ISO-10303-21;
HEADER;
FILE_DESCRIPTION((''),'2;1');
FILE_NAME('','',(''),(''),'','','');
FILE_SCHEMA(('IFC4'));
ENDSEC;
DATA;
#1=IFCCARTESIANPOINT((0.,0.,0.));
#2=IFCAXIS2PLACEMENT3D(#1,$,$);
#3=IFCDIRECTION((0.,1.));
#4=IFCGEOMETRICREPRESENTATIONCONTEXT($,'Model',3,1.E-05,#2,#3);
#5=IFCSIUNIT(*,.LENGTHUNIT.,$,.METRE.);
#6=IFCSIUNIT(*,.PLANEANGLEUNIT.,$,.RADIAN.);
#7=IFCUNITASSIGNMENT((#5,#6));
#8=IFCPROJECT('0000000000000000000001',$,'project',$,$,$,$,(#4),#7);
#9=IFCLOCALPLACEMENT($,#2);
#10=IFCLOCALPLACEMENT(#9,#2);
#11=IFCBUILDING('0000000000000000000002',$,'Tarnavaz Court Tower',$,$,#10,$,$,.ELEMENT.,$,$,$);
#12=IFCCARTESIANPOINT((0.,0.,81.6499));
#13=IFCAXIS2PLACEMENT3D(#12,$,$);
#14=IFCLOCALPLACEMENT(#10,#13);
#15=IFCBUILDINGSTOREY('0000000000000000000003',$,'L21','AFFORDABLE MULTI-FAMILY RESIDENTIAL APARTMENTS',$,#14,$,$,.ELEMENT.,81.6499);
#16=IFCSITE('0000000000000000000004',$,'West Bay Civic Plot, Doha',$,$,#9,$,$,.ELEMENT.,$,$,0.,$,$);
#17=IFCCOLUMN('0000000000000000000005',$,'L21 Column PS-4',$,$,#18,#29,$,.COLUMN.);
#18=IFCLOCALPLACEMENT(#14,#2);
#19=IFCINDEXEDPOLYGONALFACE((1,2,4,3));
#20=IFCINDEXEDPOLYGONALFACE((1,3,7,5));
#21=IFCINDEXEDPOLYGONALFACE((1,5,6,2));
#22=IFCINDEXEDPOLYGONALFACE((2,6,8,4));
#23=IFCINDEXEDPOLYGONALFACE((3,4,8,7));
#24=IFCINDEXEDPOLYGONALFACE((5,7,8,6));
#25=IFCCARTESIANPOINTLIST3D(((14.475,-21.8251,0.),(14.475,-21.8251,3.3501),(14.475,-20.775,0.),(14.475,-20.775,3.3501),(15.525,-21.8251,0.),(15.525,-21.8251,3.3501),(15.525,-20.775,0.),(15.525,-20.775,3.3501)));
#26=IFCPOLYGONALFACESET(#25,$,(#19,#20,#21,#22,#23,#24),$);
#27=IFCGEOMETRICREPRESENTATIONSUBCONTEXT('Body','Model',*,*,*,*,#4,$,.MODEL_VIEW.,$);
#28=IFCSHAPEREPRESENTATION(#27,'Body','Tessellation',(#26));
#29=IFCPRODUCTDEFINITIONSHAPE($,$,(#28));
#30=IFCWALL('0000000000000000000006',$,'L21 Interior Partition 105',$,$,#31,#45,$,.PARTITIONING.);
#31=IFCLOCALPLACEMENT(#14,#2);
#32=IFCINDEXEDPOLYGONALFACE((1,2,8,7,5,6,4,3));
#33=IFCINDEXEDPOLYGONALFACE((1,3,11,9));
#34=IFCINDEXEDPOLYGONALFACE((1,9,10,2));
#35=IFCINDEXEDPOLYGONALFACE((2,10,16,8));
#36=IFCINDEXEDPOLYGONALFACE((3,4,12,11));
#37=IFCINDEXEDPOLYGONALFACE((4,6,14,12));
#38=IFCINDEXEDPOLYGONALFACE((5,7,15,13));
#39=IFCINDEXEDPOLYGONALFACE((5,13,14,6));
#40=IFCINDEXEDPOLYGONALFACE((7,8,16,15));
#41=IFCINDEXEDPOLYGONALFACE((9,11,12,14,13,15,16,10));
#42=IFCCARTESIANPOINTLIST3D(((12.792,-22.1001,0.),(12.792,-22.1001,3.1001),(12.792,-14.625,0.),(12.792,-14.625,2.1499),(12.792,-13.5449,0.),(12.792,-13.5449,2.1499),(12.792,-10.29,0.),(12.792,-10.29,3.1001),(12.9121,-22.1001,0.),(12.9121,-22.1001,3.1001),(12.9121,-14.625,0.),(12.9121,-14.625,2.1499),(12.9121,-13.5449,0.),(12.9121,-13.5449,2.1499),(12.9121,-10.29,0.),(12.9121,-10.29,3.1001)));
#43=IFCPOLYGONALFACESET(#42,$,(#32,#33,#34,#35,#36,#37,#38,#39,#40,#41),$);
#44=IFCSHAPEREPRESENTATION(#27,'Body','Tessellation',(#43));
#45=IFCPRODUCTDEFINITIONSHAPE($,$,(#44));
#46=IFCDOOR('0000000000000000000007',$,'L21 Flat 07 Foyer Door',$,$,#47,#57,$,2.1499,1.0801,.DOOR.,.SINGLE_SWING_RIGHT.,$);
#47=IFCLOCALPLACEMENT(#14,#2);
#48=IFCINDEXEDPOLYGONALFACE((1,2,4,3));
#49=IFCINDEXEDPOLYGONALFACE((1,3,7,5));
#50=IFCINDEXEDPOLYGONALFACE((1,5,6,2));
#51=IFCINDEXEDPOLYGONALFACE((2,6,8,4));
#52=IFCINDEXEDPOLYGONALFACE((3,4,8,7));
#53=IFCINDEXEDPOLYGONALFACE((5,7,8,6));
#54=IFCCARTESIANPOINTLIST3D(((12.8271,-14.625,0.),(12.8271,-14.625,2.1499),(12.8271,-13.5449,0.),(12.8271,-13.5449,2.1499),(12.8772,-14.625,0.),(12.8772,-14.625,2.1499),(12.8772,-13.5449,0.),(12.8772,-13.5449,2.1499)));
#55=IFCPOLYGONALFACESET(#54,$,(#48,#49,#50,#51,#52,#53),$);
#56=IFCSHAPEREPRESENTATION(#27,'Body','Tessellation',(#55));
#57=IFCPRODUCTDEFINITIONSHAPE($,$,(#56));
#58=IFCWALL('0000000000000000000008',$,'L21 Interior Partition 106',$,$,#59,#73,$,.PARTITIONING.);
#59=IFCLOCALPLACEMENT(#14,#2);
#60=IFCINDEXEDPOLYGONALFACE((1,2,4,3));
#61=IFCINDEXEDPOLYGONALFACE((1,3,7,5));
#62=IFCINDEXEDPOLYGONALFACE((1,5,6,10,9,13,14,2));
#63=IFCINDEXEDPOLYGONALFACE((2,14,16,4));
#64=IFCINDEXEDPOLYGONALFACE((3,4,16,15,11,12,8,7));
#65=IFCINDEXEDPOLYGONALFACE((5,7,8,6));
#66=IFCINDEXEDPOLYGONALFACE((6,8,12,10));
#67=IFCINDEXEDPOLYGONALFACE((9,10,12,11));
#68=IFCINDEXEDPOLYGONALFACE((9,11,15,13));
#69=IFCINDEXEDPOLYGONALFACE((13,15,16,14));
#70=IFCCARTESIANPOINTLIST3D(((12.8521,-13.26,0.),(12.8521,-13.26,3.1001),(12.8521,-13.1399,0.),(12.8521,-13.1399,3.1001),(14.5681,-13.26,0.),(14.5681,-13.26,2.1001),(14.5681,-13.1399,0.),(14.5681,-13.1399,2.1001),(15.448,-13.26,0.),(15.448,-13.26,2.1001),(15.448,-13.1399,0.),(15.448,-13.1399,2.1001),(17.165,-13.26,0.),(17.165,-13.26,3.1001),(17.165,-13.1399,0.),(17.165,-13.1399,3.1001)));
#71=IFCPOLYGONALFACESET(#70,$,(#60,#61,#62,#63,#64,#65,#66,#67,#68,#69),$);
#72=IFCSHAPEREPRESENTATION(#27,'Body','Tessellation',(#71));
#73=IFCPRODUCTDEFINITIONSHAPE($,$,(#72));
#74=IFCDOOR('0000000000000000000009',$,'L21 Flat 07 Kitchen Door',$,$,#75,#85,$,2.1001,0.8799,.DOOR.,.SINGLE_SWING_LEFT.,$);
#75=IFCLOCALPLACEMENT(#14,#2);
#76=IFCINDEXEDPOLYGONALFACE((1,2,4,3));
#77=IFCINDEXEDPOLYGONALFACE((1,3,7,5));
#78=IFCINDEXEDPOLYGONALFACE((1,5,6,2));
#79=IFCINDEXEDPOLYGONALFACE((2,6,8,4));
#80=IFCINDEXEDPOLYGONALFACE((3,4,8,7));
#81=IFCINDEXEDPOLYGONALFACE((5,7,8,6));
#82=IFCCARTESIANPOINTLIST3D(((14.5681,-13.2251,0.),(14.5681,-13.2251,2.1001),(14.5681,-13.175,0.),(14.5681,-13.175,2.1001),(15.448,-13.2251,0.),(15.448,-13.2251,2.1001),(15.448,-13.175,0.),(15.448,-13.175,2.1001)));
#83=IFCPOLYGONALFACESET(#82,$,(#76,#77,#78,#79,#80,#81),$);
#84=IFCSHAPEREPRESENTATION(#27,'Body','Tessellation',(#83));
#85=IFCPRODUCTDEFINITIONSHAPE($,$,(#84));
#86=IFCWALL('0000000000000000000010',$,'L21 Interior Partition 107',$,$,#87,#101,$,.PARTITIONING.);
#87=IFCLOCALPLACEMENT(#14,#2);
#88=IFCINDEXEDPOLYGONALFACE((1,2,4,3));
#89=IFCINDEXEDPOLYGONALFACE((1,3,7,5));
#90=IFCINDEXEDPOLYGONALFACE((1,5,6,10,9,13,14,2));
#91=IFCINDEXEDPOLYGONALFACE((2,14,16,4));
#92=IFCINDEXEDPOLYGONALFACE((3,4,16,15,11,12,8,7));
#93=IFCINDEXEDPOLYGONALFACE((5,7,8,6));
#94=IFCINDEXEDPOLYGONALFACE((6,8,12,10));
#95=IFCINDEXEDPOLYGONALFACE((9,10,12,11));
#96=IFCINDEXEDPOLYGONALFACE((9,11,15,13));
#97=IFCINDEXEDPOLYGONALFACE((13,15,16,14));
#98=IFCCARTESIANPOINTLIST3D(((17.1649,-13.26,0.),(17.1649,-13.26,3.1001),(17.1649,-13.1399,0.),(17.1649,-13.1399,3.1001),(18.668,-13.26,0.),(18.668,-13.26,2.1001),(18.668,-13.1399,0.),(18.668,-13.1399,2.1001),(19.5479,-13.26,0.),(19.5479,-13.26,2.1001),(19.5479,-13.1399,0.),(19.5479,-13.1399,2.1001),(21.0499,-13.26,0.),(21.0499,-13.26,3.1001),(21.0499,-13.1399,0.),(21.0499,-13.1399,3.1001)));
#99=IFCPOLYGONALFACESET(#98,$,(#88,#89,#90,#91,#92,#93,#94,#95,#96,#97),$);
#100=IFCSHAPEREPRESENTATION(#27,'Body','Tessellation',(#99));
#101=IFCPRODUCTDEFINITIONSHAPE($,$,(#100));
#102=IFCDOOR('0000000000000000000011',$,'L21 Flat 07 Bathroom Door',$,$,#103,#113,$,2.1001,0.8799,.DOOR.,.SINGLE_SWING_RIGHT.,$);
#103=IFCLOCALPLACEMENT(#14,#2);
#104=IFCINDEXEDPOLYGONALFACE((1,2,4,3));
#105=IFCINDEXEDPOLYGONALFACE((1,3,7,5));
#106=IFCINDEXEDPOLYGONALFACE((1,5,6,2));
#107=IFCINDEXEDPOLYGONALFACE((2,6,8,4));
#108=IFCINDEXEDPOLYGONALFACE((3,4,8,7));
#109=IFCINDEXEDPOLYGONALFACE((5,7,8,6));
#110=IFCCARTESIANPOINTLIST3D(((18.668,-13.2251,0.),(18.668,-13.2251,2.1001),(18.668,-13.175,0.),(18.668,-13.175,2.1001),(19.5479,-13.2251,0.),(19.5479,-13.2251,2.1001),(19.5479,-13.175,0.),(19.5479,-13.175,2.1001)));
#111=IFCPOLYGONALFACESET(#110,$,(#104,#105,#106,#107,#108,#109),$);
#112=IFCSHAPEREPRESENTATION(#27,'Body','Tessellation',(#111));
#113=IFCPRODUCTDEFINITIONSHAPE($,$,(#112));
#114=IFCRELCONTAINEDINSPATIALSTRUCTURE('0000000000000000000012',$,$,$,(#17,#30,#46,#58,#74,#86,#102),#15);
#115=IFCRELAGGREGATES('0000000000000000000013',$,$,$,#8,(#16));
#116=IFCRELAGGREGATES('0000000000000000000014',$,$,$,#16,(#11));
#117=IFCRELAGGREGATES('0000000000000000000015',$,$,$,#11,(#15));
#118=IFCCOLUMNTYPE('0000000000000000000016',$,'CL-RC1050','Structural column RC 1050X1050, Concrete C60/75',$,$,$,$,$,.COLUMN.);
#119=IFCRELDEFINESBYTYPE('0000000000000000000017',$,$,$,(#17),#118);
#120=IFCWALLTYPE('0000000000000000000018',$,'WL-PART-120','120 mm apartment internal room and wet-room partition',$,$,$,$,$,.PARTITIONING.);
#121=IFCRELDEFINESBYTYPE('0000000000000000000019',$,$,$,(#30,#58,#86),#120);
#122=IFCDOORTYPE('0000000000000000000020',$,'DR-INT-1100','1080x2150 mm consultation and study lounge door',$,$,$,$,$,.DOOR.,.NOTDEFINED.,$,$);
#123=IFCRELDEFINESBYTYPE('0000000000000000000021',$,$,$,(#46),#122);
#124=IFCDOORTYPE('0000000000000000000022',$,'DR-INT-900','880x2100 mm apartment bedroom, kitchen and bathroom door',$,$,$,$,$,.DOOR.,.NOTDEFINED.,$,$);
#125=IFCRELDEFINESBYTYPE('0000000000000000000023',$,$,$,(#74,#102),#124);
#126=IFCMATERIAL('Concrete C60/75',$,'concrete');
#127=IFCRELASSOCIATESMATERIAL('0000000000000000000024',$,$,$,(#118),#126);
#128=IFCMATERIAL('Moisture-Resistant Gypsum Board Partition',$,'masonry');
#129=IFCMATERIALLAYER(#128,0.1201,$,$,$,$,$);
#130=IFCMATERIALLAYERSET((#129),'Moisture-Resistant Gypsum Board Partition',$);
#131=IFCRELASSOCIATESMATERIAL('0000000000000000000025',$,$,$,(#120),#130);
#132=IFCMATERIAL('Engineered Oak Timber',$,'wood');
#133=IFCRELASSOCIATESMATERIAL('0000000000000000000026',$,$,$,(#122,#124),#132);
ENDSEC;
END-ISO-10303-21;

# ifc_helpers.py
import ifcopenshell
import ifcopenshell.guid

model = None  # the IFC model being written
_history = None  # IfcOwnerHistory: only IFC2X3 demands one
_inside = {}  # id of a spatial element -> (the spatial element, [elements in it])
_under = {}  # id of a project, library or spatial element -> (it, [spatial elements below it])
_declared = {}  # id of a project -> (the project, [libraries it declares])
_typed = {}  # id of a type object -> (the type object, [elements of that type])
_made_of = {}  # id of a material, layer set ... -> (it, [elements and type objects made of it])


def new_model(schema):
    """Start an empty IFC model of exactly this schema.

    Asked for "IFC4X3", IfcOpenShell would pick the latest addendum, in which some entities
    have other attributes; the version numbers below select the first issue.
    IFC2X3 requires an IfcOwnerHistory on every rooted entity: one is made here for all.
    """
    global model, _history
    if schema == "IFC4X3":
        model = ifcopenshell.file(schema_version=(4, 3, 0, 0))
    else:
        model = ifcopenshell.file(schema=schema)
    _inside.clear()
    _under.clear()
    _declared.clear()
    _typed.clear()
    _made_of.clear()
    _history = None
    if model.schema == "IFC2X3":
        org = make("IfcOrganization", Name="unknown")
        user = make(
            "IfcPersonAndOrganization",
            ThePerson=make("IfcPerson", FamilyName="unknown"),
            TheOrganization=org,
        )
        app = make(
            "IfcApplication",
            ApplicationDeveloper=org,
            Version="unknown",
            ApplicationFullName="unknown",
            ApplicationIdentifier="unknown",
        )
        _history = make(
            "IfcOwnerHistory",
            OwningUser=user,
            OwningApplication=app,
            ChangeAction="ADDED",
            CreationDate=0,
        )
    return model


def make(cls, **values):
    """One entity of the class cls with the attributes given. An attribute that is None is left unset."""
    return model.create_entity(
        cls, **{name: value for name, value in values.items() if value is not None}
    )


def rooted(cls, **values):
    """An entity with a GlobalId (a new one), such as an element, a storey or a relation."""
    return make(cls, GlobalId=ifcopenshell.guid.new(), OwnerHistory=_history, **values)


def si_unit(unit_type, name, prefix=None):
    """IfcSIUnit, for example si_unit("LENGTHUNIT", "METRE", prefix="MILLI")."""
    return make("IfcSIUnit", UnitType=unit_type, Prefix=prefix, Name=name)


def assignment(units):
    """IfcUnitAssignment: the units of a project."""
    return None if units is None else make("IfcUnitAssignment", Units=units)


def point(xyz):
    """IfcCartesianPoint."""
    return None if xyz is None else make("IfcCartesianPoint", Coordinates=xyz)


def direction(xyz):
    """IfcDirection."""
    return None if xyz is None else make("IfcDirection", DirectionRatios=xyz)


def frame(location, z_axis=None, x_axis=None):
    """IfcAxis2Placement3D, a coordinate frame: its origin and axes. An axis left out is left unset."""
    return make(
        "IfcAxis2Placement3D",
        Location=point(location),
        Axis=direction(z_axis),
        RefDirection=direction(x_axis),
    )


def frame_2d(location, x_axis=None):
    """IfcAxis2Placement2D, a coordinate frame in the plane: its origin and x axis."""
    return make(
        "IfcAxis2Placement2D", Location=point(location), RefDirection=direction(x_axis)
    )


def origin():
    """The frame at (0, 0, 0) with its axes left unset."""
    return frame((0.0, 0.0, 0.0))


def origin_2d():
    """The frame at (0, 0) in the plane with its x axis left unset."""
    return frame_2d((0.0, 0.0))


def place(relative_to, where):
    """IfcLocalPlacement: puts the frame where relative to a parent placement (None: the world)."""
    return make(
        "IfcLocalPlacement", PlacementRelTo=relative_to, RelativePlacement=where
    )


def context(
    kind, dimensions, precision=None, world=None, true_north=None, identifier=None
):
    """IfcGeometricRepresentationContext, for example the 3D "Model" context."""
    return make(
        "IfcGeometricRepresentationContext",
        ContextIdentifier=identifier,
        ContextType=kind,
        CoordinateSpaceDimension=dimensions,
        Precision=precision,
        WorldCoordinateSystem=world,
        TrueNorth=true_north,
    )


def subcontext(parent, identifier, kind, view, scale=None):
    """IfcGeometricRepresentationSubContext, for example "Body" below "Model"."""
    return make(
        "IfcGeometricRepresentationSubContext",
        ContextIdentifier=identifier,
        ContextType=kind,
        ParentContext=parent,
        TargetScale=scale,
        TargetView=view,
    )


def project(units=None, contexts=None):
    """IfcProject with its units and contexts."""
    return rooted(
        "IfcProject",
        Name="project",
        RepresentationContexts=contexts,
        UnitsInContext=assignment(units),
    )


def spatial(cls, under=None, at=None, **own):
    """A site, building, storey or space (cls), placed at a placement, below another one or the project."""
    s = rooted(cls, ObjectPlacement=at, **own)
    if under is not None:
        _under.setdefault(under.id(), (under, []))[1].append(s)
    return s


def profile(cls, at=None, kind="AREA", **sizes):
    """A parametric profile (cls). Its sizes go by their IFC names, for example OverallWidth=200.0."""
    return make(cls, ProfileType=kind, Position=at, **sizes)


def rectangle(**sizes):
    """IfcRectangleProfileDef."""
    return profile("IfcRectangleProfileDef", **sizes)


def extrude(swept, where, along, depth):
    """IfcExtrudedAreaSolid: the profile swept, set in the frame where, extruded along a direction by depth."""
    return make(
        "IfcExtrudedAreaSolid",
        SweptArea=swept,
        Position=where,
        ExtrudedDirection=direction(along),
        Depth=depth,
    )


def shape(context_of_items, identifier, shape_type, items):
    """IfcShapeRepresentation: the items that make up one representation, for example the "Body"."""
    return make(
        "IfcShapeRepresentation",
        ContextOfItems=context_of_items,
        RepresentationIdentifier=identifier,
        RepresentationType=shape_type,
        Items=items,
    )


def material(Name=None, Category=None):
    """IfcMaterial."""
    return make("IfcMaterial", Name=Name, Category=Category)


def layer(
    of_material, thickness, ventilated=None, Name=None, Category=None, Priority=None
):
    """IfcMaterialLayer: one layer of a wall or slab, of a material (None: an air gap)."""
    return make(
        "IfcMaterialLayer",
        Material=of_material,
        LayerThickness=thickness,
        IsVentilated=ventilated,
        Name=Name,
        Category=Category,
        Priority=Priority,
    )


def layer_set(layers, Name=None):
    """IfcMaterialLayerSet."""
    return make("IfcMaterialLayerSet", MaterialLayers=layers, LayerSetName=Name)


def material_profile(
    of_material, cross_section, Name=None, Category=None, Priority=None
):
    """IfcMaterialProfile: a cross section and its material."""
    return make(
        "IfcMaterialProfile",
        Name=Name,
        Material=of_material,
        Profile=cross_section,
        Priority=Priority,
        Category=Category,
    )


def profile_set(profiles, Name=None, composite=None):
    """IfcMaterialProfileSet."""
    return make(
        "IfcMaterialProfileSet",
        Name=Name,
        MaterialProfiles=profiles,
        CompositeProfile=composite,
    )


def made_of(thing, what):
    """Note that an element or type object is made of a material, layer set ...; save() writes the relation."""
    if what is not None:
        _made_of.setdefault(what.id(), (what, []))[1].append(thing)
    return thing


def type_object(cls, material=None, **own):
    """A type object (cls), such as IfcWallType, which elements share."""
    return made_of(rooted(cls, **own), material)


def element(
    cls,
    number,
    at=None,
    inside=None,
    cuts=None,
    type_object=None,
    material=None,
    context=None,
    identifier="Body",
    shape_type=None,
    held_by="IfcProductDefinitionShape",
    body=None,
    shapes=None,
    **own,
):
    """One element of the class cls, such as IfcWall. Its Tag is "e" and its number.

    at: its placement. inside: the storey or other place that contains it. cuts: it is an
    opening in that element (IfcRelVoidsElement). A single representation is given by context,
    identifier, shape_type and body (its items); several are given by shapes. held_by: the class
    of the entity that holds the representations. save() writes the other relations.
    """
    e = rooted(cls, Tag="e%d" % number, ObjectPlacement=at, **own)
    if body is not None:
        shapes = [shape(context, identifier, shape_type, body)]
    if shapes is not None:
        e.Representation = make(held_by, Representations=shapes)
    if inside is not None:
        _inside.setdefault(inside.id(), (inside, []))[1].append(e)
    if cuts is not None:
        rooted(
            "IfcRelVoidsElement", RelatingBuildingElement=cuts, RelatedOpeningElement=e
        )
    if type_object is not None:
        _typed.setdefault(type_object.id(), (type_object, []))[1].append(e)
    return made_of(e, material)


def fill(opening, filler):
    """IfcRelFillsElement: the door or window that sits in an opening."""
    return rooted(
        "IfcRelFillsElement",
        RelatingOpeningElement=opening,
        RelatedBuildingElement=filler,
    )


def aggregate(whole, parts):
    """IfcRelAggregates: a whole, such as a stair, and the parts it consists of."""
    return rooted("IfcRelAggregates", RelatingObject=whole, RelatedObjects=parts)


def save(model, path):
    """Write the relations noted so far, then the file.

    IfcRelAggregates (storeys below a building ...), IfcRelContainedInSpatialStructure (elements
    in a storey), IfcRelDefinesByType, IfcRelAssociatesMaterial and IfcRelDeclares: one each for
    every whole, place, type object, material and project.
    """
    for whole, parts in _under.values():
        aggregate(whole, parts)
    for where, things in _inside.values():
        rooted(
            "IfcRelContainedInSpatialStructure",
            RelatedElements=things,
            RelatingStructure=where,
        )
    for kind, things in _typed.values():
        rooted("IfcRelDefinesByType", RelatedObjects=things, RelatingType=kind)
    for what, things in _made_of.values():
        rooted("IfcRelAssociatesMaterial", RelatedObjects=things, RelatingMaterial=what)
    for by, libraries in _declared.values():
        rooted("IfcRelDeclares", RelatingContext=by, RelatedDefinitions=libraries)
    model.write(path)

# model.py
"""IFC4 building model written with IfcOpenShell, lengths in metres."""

from ifc_helpers import new_model, si_unit, direction, frame, frame_2d, origin, origin_2d, place, context, subcontext, project, spatial, rectangle, extrude, material, layer, layer_set, material_profile, profile_set, type_object, element, fill, save


model = new_model("IFC4")

# Units and contexts
model_context = context("Model", 3, precision=1e-05, world=origin(), true_north=direction((0.0, 1.0)))
body_context = subcontext(model_context, "Body", "Model", "MODEL_VIEW")
ifc_project = project(units=[si_unit("LENGTHUNIT", "METRE"), si_unit("PLANEANGLEUNIT", "RADIAN")], contexts=[model_context])

# Site, building, storey
site_placement = place(None, origin())
site = spatial("IfcSite", under=ifc_project, at=site_placement, Name="West Bay Civic Plot, Doha", CompositionType="ELEMENT", RefElevation=0.0)
building_placement = place(site_placement, origin())
building = spatial("IfcBuilding", under=site, at=building_placement, Name="Tarnavaz Court Tower", CompositionType="ELEMENT")
storey_placement = place(building_placement, frame((0.0, 0.0, 81.6499)))
storey = spatial("IfcBuildingStorey", under=building, at=storey_placement, Name="L21", Description="AFFORDABLE MULTI-FAMILY RESIDENTIAL APARTMENTS", CompositionType="ELEMENT", Elevation=81.6499)

# Column
ifc_material_1 = material(Name="Concrete C60/75", Category="concrete")
ifc_material_profile_1 = material_profile(ifc_material_1, rectangle(XDim=1.05, YDim=1.05, at=origin_2d()), Name="RC 1050X1050")
ifc_profile_set_1 = profile_set([ifc_material_profile_1], Name="Concrete C60/75")
column_type = type_object("IfcColumnType", Name="CL-RC1050", Description="Structural column RC 1050X1050, Concrete C60/75", PredefinedType="COLUMN", material=ifc_profile_set_1)
column_placement = place(storey_placement, frame((15.0, -21.3, 0.0), z_axis=(0.0, 0.0, 1.0), x_axis=(1.0, 0.0, 0.0)))
element("IfcColumn", 1, at=column_placement, inside=storey, type_object=column_type, Name="L21 Column PS-4", PredefinedType="COLUMN", context=body_context, shape_type="SweptSolid", body=[
    extrude(rectangle(XDim=1.05, YDim=1.05, at=origin_2d()), origin(), (0.0, 0.0, 1.0), 3.3501),
])

# Walls, openings, doors
ifc_material_2 = material(Name="Moisture-Resistant Gypsum Board Partition", Category="masonry")
ifc_layer_1 = layer(ifc_material_2, 0.1201)
ifc_layer_set_1 = layer_set([ifc_layer_1], Name="Moisture-Resistant Gypsum Board Partition")
wall_type_1 = type_object("IfcWallType", Name="WL-PART-120", Description="120 mm apartment internal room and wet-room partition", PredefinedType="PARTITIONING", material=ifc_layer_set_1)
wall_1_placement = place(storey_placement, frame((12.8521, -22.1001, 0.0), z_axis=(0.0, 0.0, 1.0), x_axis=(0.0, 1.0, 0.0)))
wall_1 = element("IfcWall", 2, at=wall_1_placement, inside=storey, type_object=wall_type_1, Name="L21 Interior Partition 105", PredefinedType="PARTITIONING", context=body_context, shape_type="SweptSolid", body=[
    extrude(rectangle(XDim=11.8101, YDim=0.1201, at=frame_2d((5.905, 0.0))), origin(), (0.0, 0.0, 1.0), 3.1001),
])
opening_1_placement = place(wall_1_placement, frame((7.4751, 0.0, 0.0)))
opening_1 = element("IfcOpeningElement", 3, at=opening_1_placement, cuts=wall_1, PredefinedType="OPENING", context=body_context, shape_type="SweptSolid", body=[
    extrude(rectangle(XDim=1.0801, YDim=2.1499, at=frame_2d((0.54, 1.075))), frame((0.0, 0.0701, 0.0), z_axis=(0.0, -1.0, 0.0), x_axis=(1.0, 0.0, 0.0)), (0.0, 0.0, 1.0), 0.1401),
])
ifc_material_3 = material(Name="Engineered Oak Timber", Category="wood")
door_type_1 = type_object("IfcDoorType", Name="DR-INT-1100", Description="1080x2150 mm consultation and study lounge door", OperationType="NOTDEFINED", PredefinedType="DOOR", material=ifc_material_3)
door_1_placement = place(opening_1_placement, origin())
door_1 = element("IfcDoor", 4, at=door_1_placement, inside=storey, type_object=door_type_1, Name="L21 Flat 07 Foyer Door", OperationType="SINGLE_SWING_RIGHT", OverallHeight=2.1499, OverallWidth=1.0801, PredefinedType="DOOR", context=body_context, shape_type="SweptSolid", body=[
    extrude(rectangle(XDim=1.0801, YDim=2.1499, at=frame_2d((0.54, 1.075))), frame((0.0, 0.0249, 0.0), z_axis=(0.0, -1.0, 0.0), x_axis=(1.0, 0.0, 0.0)), (0.0, 0.0, 1.0), 0.05),
])
fill(opening_1, door_1)
wall_2_placement = place(storey_placement, frame((12.8521, -13.2, 0.0), z_axis=(0.0, 0.0, 1.0), x_axis=(1.0, 0.0, 0.0)))
wall_2 = element("IfcWall", 5, at=wall_2_placement, inside=storey, type_object=wall_type_1, Name="L21 Interior Partition 106", PredefinedType="PARTITIONING", context=body_context, shape_type="SweptSolid", body=[
    extrude(rectangle(XDim=4.313, YDim=0.1201, at=frame_2d((2.1565, 0.0))), origin(), (0.0, 0.0, 1.0), 3.1001),
])
opening_2_placement = place(wall_2_placement, frame((1.7161, 0.0, 0.0)))
opening_2 = element("IfcOpeningElement", 6, at=opening_2_placement, cuts=wall_2, PredefinedType="OPENING", context=body_context, shape_type="SweptSolid", body=[
    extrude(rectangle(XDim=0.8799, YDim=2.1001, at=frame_2d((0.4399, 1.05))), frame((0.0, 0.0701, 0.0), z_axis=(0.0, -1.0, 0.0), x_axis=(1.0, 0.0, 0.0)), (0.0, 0.0, 1.0), 0.1401),
])
door_type_2 = type_object("IfcDoorType", Name="DR-INT-900", Description="880x2100 mm apartment bedroom, kitchen and bathroom door", OperationType="NOTDEFINED", PredefinedType="DOOR", material=ifc_material_3)
door_2_placement = place(opening_2_placement, origin())
door_2 = element("IfcDoor", 7, at=door_2_placement, inside=storey, type_object=door_type_2, Name="L21 Flat 07 Kitchen Door", OperationType="SINGLE_SWING_LEFT", OverallHeight=2.1001, OverallWidth=0.8799, PredefinedType="DOOR", context=body_context, shape_type="SweptSolid", body=[
    extrude(rectangle(XDim=0.8799, YDim=2.1001, at=frame_2d((0.4399, 1.05))), frame((0.0, 0.0249, 0.0), z_axis=(0.0, -1.0, 0.0), x_axis=(1.0, 0.0, 0.0)), (0.0, 0.0, 1.0), 0.05),
])
fill(opening_2, door_2)
wall_3_placement = place(storey_placement, frame((17.165, -13.2, 0.0), z_axis=(0.0, 0.0, 1.0), x_axis=(1.0, 0.0, 0.0)))
wall_3 = element("IfcWall", 8, at=wall_3_placement, inside=storey, type_object=wall_type_1, Name="L21 Interior Partition 107", PredefinedType="PARTITIONING", context=body_context, shape_type="SweptSolid", body=[
    extrude(rectangle(XDim=3.885, YDim=0.1201, at=frame_2d((1.9424, 0.0))), origin(), (0.0, 0.0, 1.0), 3.1001),
])
opening_3_placement = place(wall_3_placement, frame((1.5029, 0.0, 0.0)))
opening_3 = element("IfcOpeningElement", 9, at=opening_3_placement, cuts=wall_3, PredefinedType="OPENING", context=body_context, shape_type="SweptSolid", body=[
    extrude(rectangle(XDim=0.8799, YDim=2.1001, at=frame_2d((0.4399, 1.05))), frame((0.0, 0.0701, 0.0), z_axis=(0.0, -1.0, 0.0), x_axis=(1.0, 0.0, 0.0)), (0.0, 0.0, 1.0), 0.1401),
])
door_3_placement = place(opening_3_placement, origin())
door_3 = element("IfcDoor", 10, at=door_3_placement, inside=storey, type_object=door_type_2, Name="L21 Flat 07 Bathroom Door", OperationType="SINGLE_SWING_RIGHT", OverallHeight=2.1001, OverallWidth=0.8799, PredefinedType="DOOR", context=body_context, shape_type="SweptSolid", body=[
    extrude(rectangle(XDim=0.8799, YDim=2.1001, at=frame_2d((0.4399, 1.05))), frame((0.0, 0.0249, 0.0), z_axis=(0.0, -1.0, 0.0), x_axis=(1.0, 0.0, 0.0)), (0.0, 0.0, 1.0), 0.05),
])
fill(opening_3, door_3)

save(model, "model.ifc")
